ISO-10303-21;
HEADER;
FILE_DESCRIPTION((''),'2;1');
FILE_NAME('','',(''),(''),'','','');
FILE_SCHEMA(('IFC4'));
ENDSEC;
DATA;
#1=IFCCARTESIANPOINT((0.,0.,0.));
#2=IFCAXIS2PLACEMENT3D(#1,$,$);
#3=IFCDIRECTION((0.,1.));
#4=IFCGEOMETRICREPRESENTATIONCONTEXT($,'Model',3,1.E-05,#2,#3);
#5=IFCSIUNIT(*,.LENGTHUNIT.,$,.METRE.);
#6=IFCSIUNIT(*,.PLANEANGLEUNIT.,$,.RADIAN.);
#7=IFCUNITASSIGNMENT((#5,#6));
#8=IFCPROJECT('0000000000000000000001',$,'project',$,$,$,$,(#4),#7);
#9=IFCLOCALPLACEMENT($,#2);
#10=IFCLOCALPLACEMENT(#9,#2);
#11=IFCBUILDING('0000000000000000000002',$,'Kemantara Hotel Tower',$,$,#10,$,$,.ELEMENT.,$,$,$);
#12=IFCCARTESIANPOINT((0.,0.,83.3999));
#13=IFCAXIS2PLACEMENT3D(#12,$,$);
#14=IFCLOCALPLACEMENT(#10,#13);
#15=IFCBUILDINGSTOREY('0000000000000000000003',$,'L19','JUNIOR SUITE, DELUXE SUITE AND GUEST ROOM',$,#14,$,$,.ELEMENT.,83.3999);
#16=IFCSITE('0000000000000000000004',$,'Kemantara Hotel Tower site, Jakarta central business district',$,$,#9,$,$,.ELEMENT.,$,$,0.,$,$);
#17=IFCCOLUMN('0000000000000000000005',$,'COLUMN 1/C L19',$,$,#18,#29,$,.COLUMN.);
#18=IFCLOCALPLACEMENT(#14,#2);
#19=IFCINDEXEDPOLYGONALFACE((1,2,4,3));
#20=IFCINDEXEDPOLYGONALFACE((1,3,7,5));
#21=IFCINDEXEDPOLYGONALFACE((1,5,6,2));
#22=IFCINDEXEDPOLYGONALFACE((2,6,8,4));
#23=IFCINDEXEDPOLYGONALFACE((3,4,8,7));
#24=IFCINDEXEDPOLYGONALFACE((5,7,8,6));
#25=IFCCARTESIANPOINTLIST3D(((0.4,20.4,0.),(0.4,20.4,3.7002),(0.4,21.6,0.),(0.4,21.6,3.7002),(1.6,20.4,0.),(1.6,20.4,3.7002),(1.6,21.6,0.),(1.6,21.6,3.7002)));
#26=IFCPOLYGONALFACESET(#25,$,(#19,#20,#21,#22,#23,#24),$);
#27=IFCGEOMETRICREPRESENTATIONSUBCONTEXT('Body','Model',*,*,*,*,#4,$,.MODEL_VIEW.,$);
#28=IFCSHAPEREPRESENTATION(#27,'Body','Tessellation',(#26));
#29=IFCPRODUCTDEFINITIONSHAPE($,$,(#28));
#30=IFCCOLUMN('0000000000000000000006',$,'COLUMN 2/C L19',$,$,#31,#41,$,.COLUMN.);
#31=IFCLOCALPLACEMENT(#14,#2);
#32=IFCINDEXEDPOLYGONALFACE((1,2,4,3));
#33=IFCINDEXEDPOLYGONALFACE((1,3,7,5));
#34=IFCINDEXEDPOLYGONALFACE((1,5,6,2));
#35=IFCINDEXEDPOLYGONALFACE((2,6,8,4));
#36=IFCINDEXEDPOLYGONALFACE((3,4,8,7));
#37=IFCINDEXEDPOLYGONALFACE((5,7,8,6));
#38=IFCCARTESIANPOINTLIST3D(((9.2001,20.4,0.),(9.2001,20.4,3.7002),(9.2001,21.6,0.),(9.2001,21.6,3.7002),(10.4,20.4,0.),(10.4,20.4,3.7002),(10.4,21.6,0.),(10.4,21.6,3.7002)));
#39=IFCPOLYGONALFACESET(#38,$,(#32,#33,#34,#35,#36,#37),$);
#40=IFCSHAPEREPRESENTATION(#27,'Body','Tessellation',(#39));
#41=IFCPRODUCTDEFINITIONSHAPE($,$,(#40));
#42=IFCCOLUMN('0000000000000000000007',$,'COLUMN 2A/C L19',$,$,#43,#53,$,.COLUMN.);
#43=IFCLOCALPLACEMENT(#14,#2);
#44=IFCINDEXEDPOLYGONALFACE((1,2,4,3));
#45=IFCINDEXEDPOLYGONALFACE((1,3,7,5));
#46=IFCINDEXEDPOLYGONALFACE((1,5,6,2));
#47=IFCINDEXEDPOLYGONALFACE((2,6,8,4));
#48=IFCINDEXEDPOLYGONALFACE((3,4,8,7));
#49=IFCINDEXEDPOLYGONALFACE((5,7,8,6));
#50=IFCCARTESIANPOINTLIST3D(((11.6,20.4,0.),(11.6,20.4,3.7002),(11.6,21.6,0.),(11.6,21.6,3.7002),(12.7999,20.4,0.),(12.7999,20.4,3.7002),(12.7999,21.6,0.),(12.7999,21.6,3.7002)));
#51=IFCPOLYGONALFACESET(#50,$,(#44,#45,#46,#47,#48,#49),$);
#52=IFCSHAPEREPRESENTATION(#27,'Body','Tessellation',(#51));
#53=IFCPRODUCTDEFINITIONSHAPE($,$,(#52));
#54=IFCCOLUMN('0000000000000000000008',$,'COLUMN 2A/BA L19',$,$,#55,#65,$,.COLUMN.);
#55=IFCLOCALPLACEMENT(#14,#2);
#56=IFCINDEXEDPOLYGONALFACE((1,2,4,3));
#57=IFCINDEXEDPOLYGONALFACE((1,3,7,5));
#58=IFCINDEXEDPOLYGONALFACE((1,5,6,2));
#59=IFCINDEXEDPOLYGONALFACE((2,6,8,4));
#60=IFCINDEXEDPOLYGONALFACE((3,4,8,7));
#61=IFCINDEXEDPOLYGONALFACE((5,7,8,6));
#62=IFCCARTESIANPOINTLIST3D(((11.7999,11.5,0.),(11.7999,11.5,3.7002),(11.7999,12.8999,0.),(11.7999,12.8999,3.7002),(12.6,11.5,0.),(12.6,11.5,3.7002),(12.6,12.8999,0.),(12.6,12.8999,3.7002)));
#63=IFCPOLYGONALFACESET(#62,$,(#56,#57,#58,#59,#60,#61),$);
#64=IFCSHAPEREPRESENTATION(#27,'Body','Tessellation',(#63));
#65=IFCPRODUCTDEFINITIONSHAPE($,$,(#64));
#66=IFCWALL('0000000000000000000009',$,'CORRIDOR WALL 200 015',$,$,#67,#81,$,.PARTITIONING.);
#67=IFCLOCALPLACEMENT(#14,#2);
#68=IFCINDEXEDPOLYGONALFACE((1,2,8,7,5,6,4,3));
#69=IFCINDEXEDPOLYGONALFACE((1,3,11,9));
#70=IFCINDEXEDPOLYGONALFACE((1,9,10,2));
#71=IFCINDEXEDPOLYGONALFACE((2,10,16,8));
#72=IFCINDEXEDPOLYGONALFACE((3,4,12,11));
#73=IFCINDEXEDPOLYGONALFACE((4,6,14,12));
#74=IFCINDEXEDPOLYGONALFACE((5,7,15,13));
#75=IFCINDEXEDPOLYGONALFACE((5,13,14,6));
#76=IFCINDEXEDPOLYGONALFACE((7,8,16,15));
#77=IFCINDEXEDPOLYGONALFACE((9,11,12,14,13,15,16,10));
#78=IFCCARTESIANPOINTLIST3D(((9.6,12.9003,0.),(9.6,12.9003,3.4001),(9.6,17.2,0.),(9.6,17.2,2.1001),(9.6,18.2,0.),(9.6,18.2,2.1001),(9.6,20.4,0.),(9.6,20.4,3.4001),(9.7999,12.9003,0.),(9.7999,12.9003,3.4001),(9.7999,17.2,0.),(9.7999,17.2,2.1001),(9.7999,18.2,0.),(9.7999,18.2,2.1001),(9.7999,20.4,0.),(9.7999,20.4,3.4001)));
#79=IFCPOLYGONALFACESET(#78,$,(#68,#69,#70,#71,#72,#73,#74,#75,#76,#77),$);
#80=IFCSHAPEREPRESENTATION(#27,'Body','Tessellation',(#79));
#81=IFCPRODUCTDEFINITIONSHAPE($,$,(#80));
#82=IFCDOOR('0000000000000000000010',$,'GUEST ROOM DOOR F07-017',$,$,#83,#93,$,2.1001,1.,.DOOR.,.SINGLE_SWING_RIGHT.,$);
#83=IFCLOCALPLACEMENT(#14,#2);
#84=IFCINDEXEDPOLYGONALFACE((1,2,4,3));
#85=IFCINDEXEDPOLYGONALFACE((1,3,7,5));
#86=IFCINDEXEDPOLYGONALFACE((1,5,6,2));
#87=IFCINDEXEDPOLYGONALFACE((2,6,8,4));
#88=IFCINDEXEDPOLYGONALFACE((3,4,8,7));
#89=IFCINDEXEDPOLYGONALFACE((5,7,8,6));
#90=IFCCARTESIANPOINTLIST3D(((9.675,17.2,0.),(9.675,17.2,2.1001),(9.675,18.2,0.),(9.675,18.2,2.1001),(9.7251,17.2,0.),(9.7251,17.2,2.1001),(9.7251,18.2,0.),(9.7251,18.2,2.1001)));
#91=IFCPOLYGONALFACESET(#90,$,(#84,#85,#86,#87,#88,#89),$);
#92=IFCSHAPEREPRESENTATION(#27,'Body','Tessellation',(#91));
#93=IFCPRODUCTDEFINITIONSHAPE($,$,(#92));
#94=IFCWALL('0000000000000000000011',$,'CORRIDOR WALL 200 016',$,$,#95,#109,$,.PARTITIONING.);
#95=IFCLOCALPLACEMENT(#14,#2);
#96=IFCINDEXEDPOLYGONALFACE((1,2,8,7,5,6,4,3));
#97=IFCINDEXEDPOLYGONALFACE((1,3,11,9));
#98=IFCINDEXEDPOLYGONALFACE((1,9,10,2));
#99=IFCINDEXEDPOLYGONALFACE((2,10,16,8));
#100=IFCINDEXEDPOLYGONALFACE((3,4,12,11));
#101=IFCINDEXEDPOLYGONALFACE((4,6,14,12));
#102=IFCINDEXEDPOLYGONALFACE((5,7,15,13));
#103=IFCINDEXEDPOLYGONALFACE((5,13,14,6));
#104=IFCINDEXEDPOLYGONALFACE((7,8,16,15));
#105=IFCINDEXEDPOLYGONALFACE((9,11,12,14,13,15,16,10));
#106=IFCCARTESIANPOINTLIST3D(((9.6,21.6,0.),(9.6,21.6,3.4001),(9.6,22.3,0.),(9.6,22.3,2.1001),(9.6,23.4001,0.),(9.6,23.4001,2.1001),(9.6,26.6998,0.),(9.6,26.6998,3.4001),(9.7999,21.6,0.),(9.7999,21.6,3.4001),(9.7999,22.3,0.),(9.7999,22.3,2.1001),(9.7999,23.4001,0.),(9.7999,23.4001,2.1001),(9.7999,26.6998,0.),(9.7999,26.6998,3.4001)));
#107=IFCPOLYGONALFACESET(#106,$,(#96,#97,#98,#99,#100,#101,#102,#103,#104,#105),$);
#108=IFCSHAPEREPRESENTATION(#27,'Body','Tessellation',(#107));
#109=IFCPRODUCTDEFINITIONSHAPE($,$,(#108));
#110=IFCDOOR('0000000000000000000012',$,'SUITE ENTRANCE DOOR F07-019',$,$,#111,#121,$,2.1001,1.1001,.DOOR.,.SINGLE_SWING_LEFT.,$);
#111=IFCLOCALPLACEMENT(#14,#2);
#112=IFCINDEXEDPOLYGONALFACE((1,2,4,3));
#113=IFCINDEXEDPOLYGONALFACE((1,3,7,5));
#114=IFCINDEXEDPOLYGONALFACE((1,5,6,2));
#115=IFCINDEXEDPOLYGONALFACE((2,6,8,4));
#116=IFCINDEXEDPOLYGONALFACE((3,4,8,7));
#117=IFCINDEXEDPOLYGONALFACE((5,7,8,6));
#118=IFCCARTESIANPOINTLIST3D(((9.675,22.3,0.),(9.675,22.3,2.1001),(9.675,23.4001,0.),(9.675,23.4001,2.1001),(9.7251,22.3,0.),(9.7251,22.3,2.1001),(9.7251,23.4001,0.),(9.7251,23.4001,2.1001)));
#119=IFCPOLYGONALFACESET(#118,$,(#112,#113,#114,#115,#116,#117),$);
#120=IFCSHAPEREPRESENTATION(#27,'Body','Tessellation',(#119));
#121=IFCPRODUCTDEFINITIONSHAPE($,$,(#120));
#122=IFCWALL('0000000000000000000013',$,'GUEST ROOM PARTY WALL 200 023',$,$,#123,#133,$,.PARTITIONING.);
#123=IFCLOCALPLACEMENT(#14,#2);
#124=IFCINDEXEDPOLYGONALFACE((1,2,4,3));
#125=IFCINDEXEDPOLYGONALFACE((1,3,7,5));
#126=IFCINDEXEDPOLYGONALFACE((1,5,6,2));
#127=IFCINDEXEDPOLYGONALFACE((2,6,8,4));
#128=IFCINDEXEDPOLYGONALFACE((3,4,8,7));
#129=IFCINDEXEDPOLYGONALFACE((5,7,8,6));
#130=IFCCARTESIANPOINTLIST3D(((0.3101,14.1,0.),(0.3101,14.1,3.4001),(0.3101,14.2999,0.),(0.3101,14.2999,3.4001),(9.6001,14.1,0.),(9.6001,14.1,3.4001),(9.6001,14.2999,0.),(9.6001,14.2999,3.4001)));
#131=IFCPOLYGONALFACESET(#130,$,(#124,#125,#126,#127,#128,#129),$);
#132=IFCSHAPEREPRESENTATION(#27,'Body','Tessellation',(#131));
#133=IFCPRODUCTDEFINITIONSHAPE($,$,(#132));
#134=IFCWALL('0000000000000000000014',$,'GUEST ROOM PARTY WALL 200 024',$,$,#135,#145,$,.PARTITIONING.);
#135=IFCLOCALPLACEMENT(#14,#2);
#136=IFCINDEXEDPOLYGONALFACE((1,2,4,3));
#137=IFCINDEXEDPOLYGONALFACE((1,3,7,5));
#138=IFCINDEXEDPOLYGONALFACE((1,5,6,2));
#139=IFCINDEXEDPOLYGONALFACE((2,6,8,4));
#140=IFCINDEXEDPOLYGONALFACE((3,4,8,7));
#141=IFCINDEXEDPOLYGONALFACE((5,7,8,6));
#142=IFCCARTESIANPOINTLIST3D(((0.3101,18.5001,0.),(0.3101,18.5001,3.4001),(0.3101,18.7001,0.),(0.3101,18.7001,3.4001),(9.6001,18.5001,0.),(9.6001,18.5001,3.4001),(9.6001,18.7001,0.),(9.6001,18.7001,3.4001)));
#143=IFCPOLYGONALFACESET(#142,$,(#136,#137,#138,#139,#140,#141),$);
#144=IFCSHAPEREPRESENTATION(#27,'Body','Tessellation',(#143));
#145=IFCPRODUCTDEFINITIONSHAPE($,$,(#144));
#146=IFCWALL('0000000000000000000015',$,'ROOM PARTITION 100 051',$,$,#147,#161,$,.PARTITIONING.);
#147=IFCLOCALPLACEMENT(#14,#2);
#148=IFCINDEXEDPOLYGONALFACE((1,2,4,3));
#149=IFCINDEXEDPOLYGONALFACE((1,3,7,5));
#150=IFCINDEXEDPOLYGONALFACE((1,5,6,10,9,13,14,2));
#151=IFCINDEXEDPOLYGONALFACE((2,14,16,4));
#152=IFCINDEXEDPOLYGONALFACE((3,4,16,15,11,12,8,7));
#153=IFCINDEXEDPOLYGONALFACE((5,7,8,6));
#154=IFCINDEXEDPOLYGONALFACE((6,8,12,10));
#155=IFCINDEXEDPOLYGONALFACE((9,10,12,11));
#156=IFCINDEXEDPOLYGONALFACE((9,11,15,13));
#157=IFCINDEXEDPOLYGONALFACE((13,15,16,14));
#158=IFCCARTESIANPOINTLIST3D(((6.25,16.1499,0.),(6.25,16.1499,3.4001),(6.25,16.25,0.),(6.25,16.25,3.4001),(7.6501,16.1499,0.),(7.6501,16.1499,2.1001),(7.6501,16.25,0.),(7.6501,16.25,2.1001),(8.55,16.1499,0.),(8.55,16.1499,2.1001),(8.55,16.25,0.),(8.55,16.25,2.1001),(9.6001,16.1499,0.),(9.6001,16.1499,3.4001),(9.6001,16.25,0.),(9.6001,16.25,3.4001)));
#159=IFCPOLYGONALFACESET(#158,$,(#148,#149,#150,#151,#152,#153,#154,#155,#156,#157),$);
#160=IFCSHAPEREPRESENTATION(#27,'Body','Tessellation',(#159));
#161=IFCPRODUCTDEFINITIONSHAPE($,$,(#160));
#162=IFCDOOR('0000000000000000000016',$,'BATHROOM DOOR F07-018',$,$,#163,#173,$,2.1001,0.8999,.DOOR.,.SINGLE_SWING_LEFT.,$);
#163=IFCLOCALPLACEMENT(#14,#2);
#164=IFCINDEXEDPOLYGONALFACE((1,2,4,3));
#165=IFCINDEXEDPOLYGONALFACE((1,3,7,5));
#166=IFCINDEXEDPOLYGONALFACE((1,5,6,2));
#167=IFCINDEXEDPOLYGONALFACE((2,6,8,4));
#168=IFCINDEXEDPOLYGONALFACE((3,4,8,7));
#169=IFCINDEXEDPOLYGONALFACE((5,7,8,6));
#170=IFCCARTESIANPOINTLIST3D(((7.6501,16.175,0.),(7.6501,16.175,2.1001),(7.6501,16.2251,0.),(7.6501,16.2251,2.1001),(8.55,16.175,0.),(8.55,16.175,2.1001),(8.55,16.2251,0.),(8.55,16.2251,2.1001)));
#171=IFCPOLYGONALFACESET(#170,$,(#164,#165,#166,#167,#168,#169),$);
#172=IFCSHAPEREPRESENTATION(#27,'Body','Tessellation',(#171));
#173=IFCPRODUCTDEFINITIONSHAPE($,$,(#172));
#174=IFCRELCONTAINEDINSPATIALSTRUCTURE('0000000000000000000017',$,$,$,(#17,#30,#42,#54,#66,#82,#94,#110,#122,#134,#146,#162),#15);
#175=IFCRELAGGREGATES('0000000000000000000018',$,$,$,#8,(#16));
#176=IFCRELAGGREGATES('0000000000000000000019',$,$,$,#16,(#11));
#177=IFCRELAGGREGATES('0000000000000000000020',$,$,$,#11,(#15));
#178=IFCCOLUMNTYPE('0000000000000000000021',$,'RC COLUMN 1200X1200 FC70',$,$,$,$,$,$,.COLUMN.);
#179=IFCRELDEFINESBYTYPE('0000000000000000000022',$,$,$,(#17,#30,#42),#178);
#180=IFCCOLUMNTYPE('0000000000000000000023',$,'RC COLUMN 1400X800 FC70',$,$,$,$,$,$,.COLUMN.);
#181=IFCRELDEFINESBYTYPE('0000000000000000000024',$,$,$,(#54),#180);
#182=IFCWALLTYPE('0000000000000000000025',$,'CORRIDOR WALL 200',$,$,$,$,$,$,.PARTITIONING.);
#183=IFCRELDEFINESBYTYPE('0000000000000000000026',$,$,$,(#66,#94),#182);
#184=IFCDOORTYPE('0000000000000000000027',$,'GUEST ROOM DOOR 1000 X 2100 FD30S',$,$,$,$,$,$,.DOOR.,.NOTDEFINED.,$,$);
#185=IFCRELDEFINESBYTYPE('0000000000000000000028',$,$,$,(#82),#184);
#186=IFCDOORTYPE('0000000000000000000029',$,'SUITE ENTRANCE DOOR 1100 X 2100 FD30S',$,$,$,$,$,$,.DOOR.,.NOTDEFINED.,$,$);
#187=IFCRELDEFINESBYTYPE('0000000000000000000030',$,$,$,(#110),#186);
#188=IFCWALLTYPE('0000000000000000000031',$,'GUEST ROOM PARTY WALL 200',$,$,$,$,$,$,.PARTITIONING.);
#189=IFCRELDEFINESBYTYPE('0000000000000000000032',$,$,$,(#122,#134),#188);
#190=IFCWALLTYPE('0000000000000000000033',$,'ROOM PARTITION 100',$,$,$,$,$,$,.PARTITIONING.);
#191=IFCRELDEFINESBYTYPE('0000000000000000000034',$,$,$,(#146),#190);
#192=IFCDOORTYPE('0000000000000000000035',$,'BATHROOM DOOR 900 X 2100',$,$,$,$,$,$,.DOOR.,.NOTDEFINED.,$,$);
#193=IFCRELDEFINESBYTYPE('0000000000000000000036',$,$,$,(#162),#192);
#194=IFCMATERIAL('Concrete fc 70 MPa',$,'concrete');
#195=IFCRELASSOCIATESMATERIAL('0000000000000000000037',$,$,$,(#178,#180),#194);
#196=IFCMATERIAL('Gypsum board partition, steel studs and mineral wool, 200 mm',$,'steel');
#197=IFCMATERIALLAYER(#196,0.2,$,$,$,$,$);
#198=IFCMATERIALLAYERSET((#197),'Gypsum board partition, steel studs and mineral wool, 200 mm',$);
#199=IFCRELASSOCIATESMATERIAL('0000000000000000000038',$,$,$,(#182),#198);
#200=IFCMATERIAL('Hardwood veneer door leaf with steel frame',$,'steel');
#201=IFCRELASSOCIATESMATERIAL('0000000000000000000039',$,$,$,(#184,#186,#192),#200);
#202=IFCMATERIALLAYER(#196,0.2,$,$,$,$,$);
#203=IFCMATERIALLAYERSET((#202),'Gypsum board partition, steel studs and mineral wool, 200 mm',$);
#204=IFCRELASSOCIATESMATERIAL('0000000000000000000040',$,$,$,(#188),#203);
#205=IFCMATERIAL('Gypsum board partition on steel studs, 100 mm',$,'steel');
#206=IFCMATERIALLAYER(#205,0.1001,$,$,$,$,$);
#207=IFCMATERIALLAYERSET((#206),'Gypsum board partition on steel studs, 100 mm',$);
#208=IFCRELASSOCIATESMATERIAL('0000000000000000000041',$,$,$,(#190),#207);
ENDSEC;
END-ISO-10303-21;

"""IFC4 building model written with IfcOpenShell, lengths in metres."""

from ifc_helpers import new_model, si_unit, direction, frame, frame_2d, origin, origin_2d, place, context, subcontext, project, spatial, rectangle, extrude, material, layer, layer_set, material_profile, profile_set, type_object, element, fill, save


model = new_model("IFC4")

# Units and contexts
model_context = context("Model", 3, precision=1e-05, world=origin(), true_north=direction((0.0, 1.0)))
body_context = subcontext(model_context, "Body", "Model", "MODEL_VIEW")
ifc_project = project(units=[si_unit("LENGTHUNIT", "METRE"), si_unit("PLANEANGLEUNIT", "RADIAN")], contexts=[model_context])

# Site, building, storey
site_placement = place(None, origin())
site = spatial("IfcSite", under=ifc_project, at=site_placement, Name="Kemantara Hotel Tower site, Jakarta central business district", CompositionType="ELEMENT", RefElevation=0.0)
building_placement = place(site_placement, origin())
building = spatial("IfcBuilding", under=site, at=building_placement, Name="Kemantara Hotel Tower", CompositionType="ELEMENT")
storey_placement = place(building_placement, frame((0.0, 0.0, 83.3999)))
storey = spatial("IfcBuildingStorey", under=building, at=storey_placement, Name="L19", Description="JUNIOR SUITE, DELUXE SUITE AND GUEST ROOM", CompositionType="ELEMENT", Elevation=83.3999)

# Columns
ifc_material_1 = material(Name="Concrete fc 70 MPa", Category="concrete")
ifc_material_profile_1 = material_profile(ifc_material_1, rectangle(XDim=1.2, YDim=1.2, at=origin_2d()), Name="RC 1200X1200")
ifc_profile_set_1 = profile_set([ifc_material_profile_1], Name="Concrete fc 70 MPa")
column_type_1 = type_object("IfcColumnType", Name="RC COLUMN 1200X1200 FC70", PredefinedType="COLUMN", material=ifc_profile_set_1)
for number, where, z_axis, x_axis, name in (
    (1, (1.0, 21.0, 0.0), (0.0, 0.0, 1.0), (1.0, 0.0, 0.0), "COLUMN 1/C L19"),
    (2, (9.8, 21.0, 0.0), (0.0, 0.0, 1.0), (1.0, 0.0, 0.0), "COLUMN 2/C L19"),
    (3, (12.2, 21.0, 0.0), (0.0, 0.0, 1.0), (1.0, 0.0, 0.0), "COLUMN 2A/C L19"),
):
    element("IfcColumn", number, at=place(storey_placement, frame(where, z_axis=z_axis, x_axis=x_axis)), inside=storey, type_object=column_type_1, Name=name, PredefinedType="COLUMN", context=body_context, shape_type="SweptSolid", body=[
        extrude(rectangle(XDim=1.2, YDim=1.2, at=origin_2d()), origin(), (0.0, 0.0, 1.0), 3.7002),
    ])
ifc_material_profile_2 = material_profile(ifc_material_1, rectangle(XDim=1.3999, YDim=0.8, at=origin_2d()), Name="RC 1400X800")
ifc_profile_set_2 = profile_set([ifc_material_profile_2], Name="Concrete fc 70 MPa")
column_type_2 = type_object("IfcColumnType", Name="RC COLUMN 1400X800 FC70", PredefinedType="COLUMN", material=ifc_profile_set_2)
column_placement = place(storey_placement, frame((12.2, 12.2, 0.0), z_axis=(0.0, 0.0, 1.0), x_axis=(0.0, 1.0, 0.0)))
element("IfcColumn", 4, at=column_placement, inside=storey, type_object=column_type_2, Name="COLUMN 2A/BA L19", PredefinedType="COLUMN", context=body_context, shape_type="SweptSolid", body=[
    extrude(rectangle(XDim=1.3999, YDim=0.8, at=origin_2d()), origin(), (0.0, 0.0, 1.0), 3.7002),
])

# Walls, openings, doors
ifc_material_2 = material(Name="Gypsum board partition, steel studs and mineral wool, 200 mm", Category="steel")
ifc_layer_1 = layer(ifc_material_2, 0.2)
ifc_layer_set_1 = layer_set([ifc_layer_1], Name="Gypsum board partition, steel studs and mineral wool, 200 mm")
wall_type_1 = type_object("IfcWallType", Name="CORRIDOR WALL 200", PredefinedType="PARTITIONING", material=ifc_layer_set_1)
wall_1_placement = place(storey_placement, frame((9.7, 12.9001, 0.0), z_axis=(0.0, 0.0, 1.0), x_axis=(0.0, 1.0, 0.0)))
wall_1 = element("IfcWall", 5, at=wall_1_placement, inside=storey, type_object=wall_type_1, Name="CORRIDOR WALL 200 015", PredefinedType="PARTITIONING", context=body_context, shape_type="SweptSolid", body=[
    extrude(rectangle(XDim=7.4998, YDim=0.2, at=frame_2d((3.75, 0.0))), origin(), (0.0, 0.0, 1.0), 3.4001),
])
opening_1_placement = place(wall_1_placement, frame((4.2998, 0.0, 0.0)))
opening_1 = element("IfcOpeningElement", 6, at=opening_1_placement, cuts=wall_1, PredefinedType="OPENING", context=body_context, shape_type="SweptSolid", body=[
    extrude(rectangle(XDim=1.0, YDim=2.1001, at=frame_2d((0.5, 1.05))), frame((0.0, 0.1099, 0.0), z_axis=(0.0, -1.0, 0.0), x_axis=(1.0, 0.0, 0.0)), (0.0, 0.0, 1.0), 0.22),
])
ifc_material_3 = material(Name="Hardwood veneer door leaf with steel frame", Category="steel")
door_type_1 = type_object("IfcDoorType", Name="GUEST ROOM DOOR 1000 X 2100 FD30S", OperationType="NOTDEFINED", PredefinedType="DOOR", material=ifc_material_3)
door_1_placement = place(opening_1_placement, origin())
door_1 = element("IfcDoor", 7, at=door_1_placement, inside=storey, type_object=door_type_1, Name="GUEST ROOM DOOR F07-017", OperationType="SINGLE_SWING_RIGHT", OverallHeight=2.1001, OverallWidth=1.0, PredefinedType="DOOR", context=body_context, shape_type="SweptSolid", body=[
    extrude(rectangle(XDim=1.0, YDim=2.1001, at=frame_2d((0.5, 1.05))), frame((0.0, 0.0249, 0.0), z_axis=(0.0, -1.0, 0.0), x_axis=(1.0, 0.0, 0.0)), (0.0, 0.0, 1.0), 0.05),
])
fill(opening_1, door_1)
wall_2_placement = place(storey_placement, frame((9.7, 21.6001, 0.0), z_axis=(0.0, 0.0, 1.0), x_axis=(0.0, 1.0, 0.0)))
wall_2 = element("IfcWall", 8, at=wall_2_placement, inside=storey, type_object=wall_type_1, Name="CORRIDOR WALL 200 016", PredefinedType="PARTITIONING", context=body_context, shape_type="SweptSolid", body=[
    extrude(rectangle(XDim=5.0999, YDim=0.2, at=frame_2d((2.5498, 0.0))), origin(), (0.0, 0.0, 1.0), 3.4001),
])
opening_2_placement = place(wall_2_placement, frame((0.7, 0.0, 0.0)))
opening_2 = element("IfcOpeningElement", 9, at=opening_2_placement, cuts=wall_2, PredefinedType="OPENING", context=body_context, shape_type="SweptSolid", body=[
    extrude(rectangle(XDim=1.1001, YDim=2.1001, at=frame_2d((0.55, 1.05))), frame((0.0, 0.1099, 0.0), z_axis=(0.0, -1.0, 0.0), x_axis=(1.0, 0.0, 0.0)), (0.0, 0.0, 1.0), 0.22),
])
door_type_2 = type_object("IfcDoorType", Name="SUITE ENTRANCE DOOR 1100 X 2100 FD30S", OperationType="NOTDEFINED", PredefinedType="DOOR", material=ifc_material_3)
door_2_placement = place(opening_2_placement, origin())
door_2 = element("IfcDoor", 10, at=door_2_placement, inside=storey, type_object=door_type_2, Name="SUITE ENTRANCE DOOR F07-019", OperationType="SINGLE_SWING_LEFT", OverallHeight=2.1001, OverallWidth=1.1001, PredefinedType="DOOR", context=body_context, shape_type="SweptSolid", body=[
    extrude(rectangle(XDim=1.1001, YDim=2.1001, at=frame_2d((0.55, 1.05))), frame((0.0, 0.0249, 0.0), z_axis=(0.0, -1.0, 0.0), x_axis=(1.0, 0.0, 0.0)), (0.0, 0.0, 1.0), 0.05),
])
fill(opening_2, door_2)

# Walls
ifc_layer_2 = layer(ifc_material_2, 0.2)
ifc_layer_set_2 = layer_set([ifc_layer_2], Name="Gypsum board partition, steel studs and mineral wool, 200 mm")
wall_type_2 = type_object("IfcWallType", Name="GUEST ROOM PARTY WALL 200", PredefinedType="PARTITIONING", material=ifc_layer_set_2)
for number, where, z_axis, x_axis, name in (
    (11, (0.3101, 14.2, 0.0), (0.0, 0.0, 1.0), (1.0, 0.0, 0.0), "GUEST ROOM PARTY WALL 200 023"),
    (12, (0.3101, 18.6001, 0.0), (0.0, 0.0, 1.0), (1.0, 0.0, 0.0), "GUEST ROOM PARTY WALL 200 024"),
):
    element("IfcWall", number, at=place(storey_placement, frame(where, z_axis=z_axis, x_axis=x_axis)), inside=storey, type_object=wall_type_2, Name=name, PredefinedType="PARTITIONING", context=body_context, shape_type="SweptSolid", body=[
        extrude(rectangle(XDim=9.29, YDim=0.2, at=frame_2d((4.645, 0.0))), origin(), (0.0, 0.0, 1.0), 3.4001),
    ])

# Wall, opening, door
ifc_material_4 = material(Name="Gypsum board partition on steel studs, 100 mm", Category="steel")
ifc_layer_3 = layer(ifc_material_4, 0.1001)
ifc_layer_set_3 = layer_set([ifc_layer_3], Name="Gypsum board partition on steel studs, 100 mm")
wall_type_3 = type_object("IfcWallType", Name="ROOM PARTITION 100", PredefinedType="PARTITIONING", material=ifc_layer_set_3)
wall_3_placement = place(storey_placement, frame((9.6001, 16.2, 0.0), z_axis=(0.0, 0.0, 1.0), x_axis=(-1.0, 0.0, 0.0)))
wall_3 = element("IfcWall", 13, at=wall_3_placement, inside=storey, type_object=wall_type_3, Name="ROOM PARTITION 100 051", PredefinedType="PARTITIONING", context=body_context, shape_type="SweptSolid", body=[
    extrude(rectangle(XDim=3.3501, YDim=0.1001, at=frame_2d((1.675, 0.0))), origin(), (0.0, 0.0, 1.0), 3.4001),
])
opening_3_placement = place(wall_3_placement, frame((1.05, 0.0, 0.0)))
opening_3 = element("IfcOpeningElement", 14, at=opening_3_placement, cuts=wall_3, PredefinedType="OPENING", context=body_context, shape_type="SweptSolid", body=[
    extrude(rectangle(XDim=0.8999, YDim=2.1001, at=frame_2d((0.45, 1.05))), frame((0.0, 0.0601, 0.0), z_axis=(0.0, -1.0, 0.0), x_axis=(1.0, 0.0, 0.0)), (0.0, 0.0, 1.0), 0.1201),
])
door_type_3 = type_object("IfcDoorType", Name="BATHROOM DOOR 900 X 2100", OperationType="NOTDEFINED", PredefinedType="DOOR", material=ifc_material_3)
door_3_placement = place(opening_3_placement, origin())
door_3 = element("IfcDoor", 15, at=door_3_placement, inside=storey, type_object=door_type_3, Name="BATHROOM DOOR F07-018", OperationType="SINGLE_SWING_LEFT", OverallHeight=2.1001, OverallWidth=0.8999, PredefinedType="DOOR", context=body_context, shape_type="SweptSolid", body=[
    extrude(rectangle(XDim=0.8999, YDim=2.1001, at=frame_2d((0.45, 1.05))), frame((0.0, 0.0249, 0.0), z_axis=(0.0, -1.0, 0.0), x_axis=(1.0, 0.0, 0.0)), (0.0, 0.0, 1.0), 0.05),
])
fill(opening_3, door_3)

save(model, "model.ifc")
